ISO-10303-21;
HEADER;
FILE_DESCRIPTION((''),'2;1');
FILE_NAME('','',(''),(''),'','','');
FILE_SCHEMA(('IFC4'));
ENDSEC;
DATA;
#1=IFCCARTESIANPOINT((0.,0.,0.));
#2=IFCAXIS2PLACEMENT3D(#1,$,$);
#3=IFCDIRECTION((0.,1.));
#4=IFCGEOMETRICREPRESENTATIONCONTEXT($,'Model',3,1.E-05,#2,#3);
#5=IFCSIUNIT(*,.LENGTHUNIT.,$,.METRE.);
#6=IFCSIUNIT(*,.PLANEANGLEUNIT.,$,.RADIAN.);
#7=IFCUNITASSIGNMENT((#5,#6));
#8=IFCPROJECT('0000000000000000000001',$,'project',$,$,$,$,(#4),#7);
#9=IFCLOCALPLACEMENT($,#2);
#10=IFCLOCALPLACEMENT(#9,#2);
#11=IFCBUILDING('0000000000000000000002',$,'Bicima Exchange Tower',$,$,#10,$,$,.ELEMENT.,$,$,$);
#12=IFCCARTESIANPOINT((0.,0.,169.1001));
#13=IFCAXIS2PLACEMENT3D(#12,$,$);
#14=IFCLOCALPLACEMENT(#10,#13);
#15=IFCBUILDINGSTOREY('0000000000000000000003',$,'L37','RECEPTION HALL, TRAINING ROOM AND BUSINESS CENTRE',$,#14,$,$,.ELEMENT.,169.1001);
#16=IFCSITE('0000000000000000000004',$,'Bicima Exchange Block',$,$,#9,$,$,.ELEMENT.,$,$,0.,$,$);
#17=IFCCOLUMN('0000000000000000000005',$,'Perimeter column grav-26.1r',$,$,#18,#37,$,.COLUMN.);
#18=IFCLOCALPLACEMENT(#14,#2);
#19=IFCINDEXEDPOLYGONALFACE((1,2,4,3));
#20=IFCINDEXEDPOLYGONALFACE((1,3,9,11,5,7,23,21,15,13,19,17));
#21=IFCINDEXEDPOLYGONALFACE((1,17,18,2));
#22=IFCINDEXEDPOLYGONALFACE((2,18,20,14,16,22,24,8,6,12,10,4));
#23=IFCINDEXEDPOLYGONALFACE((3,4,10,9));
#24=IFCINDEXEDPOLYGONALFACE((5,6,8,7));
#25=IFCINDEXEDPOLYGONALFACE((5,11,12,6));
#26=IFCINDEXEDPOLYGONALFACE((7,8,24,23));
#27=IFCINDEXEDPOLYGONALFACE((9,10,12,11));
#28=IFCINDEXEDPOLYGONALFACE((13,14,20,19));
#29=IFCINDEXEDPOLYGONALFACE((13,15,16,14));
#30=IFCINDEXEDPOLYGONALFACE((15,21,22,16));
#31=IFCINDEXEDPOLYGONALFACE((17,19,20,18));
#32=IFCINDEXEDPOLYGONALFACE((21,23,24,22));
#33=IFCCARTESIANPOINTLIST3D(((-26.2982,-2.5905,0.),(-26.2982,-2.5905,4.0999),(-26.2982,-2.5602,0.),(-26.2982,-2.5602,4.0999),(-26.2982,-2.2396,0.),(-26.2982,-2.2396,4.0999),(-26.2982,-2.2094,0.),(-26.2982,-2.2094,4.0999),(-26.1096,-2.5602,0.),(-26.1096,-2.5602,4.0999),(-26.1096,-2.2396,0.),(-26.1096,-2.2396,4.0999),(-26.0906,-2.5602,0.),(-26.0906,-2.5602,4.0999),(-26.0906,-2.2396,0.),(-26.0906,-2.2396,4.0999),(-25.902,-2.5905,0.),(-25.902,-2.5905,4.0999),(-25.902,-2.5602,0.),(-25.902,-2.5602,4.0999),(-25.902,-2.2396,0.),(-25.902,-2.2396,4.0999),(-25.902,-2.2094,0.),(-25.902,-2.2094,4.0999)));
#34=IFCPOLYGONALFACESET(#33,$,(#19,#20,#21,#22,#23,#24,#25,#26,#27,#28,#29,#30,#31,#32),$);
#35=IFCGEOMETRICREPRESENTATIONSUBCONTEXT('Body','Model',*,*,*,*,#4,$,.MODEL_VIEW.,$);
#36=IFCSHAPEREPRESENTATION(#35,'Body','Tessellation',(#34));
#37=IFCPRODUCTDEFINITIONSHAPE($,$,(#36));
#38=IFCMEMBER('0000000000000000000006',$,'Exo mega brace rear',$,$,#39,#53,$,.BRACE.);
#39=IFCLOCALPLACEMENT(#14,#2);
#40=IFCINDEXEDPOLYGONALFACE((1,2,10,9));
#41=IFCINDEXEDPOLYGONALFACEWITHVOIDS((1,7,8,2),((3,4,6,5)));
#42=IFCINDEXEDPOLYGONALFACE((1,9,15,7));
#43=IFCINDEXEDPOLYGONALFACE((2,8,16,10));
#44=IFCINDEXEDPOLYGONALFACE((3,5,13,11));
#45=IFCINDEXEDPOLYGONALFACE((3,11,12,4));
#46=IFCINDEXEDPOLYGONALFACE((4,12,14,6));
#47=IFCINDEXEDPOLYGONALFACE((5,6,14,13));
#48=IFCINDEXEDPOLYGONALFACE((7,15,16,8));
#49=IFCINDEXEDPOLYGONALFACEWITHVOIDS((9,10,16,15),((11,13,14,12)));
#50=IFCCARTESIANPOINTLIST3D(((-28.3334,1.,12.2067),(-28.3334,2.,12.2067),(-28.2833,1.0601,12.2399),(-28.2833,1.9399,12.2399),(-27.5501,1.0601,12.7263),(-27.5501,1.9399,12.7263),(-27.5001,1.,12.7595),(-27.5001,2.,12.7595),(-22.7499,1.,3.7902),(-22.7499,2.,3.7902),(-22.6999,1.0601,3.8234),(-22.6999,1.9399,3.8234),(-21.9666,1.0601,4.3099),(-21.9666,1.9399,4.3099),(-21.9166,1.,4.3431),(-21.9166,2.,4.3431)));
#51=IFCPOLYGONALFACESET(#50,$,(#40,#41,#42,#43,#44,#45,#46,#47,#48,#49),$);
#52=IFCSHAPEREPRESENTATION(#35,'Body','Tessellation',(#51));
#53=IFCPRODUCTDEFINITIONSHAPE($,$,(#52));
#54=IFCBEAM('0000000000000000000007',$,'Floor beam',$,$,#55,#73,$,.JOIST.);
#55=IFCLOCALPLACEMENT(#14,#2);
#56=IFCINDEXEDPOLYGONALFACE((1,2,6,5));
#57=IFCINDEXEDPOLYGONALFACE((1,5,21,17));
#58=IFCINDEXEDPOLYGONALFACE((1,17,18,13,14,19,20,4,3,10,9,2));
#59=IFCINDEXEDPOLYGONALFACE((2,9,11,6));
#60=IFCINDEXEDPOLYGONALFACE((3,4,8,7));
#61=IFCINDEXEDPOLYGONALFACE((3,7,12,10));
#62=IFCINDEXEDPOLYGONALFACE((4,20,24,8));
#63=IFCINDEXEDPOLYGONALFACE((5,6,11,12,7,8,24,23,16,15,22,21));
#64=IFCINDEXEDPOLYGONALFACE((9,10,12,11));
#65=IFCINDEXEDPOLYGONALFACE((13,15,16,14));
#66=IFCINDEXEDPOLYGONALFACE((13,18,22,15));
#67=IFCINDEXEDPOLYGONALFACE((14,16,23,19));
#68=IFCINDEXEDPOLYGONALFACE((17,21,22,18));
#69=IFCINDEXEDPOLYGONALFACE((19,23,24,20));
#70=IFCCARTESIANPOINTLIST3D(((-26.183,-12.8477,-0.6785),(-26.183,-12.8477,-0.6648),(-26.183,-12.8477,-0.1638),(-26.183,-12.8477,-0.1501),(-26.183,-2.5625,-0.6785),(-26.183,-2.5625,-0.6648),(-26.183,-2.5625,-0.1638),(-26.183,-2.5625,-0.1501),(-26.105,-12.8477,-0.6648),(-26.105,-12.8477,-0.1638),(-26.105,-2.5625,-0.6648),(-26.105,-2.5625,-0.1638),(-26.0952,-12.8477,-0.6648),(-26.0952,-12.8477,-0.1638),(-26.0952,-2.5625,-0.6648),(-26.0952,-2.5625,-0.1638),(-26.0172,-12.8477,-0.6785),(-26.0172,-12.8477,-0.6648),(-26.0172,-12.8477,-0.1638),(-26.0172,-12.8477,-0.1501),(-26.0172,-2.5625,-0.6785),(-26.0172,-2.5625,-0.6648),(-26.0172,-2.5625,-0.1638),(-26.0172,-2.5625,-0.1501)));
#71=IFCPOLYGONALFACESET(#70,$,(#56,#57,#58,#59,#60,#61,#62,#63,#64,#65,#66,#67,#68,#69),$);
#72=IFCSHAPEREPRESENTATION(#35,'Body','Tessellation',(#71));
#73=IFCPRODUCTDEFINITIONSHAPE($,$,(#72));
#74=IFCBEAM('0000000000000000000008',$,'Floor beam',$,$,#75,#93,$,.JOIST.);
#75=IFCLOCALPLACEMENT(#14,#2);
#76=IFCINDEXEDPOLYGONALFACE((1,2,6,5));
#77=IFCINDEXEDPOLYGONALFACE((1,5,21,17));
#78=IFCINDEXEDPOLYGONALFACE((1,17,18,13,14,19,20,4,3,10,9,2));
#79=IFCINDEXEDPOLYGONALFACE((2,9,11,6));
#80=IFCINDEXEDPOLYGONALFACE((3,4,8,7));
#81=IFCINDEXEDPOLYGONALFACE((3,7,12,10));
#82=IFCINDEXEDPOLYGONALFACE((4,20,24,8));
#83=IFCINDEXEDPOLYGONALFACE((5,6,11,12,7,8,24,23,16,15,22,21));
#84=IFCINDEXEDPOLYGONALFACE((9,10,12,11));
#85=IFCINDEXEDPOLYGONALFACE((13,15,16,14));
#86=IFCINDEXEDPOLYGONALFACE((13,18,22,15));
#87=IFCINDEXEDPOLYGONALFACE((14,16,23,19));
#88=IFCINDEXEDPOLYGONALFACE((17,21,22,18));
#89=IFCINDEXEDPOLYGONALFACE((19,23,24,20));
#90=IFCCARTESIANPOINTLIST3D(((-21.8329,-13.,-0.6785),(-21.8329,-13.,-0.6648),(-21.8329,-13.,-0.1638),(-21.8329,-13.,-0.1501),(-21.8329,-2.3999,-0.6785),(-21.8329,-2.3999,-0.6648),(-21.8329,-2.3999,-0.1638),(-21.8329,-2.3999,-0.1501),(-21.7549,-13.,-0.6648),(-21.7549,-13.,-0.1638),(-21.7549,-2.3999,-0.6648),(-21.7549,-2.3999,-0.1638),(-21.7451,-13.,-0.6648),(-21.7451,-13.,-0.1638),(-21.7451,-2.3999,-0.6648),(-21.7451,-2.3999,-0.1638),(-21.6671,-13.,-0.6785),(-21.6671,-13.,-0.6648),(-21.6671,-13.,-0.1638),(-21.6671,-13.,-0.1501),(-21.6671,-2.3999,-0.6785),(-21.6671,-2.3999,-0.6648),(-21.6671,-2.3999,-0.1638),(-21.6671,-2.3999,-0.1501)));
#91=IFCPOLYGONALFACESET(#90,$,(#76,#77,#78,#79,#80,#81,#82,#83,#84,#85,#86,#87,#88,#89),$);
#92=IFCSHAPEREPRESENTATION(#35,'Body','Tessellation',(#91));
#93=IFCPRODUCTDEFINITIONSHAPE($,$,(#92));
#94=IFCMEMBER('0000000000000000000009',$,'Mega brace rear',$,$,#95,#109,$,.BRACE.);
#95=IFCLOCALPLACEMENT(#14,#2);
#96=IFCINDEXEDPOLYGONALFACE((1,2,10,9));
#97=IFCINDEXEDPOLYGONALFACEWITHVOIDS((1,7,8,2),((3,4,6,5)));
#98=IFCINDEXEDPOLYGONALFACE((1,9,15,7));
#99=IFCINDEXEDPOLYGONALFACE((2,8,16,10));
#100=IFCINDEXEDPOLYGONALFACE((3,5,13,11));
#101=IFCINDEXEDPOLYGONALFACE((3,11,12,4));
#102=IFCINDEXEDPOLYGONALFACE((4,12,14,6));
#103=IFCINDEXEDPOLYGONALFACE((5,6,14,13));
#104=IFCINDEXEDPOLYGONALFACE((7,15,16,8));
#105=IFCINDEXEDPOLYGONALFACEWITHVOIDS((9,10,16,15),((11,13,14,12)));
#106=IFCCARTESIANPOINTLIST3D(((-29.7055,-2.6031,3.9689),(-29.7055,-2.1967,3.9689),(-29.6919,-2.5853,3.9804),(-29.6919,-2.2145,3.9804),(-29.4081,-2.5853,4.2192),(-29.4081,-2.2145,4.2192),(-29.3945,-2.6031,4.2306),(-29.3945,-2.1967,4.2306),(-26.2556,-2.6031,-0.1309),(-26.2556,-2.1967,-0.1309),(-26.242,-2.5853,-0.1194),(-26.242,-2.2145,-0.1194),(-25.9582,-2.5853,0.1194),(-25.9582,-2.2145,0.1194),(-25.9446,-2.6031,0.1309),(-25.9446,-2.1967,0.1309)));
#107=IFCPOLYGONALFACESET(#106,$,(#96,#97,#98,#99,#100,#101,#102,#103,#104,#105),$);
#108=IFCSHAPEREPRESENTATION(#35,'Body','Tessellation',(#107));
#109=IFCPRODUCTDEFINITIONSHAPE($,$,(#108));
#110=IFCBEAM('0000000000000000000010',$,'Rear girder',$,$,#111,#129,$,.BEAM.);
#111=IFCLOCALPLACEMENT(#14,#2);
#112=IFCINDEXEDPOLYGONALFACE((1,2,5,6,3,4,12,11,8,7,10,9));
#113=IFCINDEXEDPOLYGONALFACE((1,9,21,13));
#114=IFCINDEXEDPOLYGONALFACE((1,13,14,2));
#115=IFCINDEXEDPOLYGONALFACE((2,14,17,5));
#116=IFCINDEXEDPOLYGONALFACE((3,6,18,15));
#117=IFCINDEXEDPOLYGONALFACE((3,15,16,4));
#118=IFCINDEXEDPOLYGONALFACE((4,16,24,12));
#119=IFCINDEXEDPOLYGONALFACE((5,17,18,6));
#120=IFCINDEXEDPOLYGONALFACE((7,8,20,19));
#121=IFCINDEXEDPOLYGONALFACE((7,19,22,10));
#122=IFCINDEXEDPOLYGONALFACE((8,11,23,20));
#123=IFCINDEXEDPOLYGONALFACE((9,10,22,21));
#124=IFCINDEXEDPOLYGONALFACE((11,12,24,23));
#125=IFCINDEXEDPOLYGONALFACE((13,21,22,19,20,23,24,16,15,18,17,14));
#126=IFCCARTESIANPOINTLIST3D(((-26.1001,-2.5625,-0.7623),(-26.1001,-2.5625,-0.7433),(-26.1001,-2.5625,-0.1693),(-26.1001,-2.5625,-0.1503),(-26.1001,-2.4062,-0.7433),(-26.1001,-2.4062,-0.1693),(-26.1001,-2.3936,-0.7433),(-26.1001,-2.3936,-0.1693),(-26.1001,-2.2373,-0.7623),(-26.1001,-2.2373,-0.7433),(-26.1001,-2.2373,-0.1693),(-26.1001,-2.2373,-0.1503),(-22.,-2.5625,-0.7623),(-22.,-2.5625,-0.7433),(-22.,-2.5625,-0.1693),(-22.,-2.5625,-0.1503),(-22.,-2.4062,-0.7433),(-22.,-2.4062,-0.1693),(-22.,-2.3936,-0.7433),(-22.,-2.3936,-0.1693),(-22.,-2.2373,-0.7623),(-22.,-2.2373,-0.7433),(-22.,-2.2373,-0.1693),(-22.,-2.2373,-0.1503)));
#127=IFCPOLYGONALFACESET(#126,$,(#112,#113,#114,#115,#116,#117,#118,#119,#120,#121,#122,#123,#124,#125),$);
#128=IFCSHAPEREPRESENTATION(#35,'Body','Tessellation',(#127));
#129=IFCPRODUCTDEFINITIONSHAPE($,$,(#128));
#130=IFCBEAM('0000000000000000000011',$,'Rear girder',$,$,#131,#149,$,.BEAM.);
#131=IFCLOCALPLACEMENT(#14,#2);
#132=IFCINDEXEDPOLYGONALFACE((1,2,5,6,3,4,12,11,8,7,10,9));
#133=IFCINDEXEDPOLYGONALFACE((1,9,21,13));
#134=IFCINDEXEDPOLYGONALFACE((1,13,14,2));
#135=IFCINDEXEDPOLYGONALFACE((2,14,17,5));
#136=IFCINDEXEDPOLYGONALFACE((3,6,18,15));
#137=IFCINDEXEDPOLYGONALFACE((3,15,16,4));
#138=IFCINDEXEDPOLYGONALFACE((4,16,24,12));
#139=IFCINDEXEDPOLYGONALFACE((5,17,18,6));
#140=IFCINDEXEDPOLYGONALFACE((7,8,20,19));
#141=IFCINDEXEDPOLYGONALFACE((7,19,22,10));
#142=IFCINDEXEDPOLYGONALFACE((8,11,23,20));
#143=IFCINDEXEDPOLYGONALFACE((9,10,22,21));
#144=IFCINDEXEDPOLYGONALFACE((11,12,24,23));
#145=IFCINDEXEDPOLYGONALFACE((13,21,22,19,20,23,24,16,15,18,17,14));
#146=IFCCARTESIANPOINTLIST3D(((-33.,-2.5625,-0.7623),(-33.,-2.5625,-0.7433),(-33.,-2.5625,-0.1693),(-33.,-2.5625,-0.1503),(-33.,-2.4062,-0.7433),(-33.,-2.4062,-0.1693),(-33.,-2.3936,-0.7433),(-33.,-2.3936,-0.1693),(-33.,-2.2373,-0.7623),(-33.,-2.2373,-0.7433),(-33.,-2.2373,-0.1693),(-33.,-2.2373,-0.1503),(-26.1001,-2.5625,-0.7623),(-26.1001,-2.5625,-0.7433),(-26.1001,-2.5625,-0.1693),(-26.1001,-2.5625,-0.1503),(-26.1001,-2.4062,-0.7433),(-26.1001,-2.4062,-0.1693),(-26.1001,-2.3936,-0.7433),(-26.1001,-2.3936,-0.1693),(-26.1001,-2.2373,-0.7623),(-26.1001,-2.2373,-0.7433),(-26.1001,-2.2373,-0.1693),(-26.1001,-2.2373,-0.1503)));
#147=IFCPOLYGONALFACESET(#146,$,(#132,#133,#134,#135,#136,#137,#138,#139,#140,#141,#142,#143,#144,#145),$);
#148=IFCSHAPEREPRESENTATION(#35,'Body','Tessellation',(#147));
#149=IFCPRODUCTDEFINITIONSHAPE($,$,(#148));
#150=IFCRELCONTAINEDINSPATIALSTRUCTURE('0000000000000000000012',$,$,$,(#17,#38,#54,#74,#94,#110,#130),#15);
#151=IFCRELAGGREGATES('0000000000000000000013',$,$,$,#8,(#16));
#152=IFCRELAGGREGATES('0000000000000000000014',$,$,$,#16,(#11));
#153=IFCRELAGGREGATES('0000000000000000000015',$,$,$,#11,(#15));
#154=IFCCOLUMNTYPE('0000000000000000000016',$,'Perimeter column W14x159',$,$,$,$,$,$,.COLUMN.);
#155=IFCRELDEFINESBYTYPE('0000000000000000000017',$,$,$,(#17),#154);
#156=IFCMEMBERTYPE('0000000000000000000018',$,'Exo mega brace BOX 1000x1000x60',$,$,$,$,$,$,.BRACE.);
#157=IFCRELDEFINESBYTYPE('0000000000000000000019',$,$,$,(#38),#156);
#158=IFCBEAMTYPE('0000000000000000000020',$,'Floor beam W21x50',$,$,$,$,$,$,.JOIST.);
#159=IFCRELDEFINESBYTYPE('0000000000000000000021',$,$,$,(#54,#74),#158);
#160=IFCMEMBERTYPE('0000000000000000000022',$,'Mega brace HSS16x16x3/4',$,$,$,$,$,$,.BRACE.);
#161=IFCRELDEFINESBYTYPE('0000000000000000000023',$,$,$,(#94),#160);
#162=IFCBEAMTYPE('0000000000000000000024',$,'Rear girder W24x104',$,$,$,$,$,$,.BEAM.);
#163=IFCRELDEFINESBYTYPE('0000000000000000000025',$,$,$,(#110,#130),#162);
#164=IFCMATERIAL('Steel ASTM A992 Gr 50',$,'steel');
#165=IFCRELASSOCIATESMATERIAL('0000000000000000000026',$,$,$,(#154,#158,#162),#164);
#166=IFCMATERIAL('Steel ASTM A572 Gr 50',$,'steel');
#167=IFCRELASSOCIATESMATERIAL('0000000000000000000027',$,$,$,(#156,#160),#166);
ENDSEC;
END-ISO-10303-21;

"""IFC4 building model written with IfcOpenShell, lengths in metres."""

from ifc_helpers import new_model, si_unit, direction, frame, origin, origin_2d, place, context, subcontext, project, spatial, hollow_rectangle, i_section, extrude, material, material_profile, profile_set, type_object, element, save


model = new_model("IFC4")

# Units and contexts
model_context = context("Model", 3, precision=1e-05, world=origin(), true_north=direction((0.0, 1.0)))
body_context = subcontext(model_context, "Body", "Model", "MODEL_VIEW")
ifc_project = project(units=[si_unit("LENGTHUNIT", "METRE"), si_unit("PLANEANGLEUNIT", "RADIAN")], contexts=[model_context])

# Site, building, storey
site_placement = place(None, origin())
site = spatial("IfcSite", under=ifc_project, at=site_placement, Name="Bicima Exchange Block", CompositionType="ELEMENT", RefElevation=0.0)
building_placement = place(site_placement, origin())
building = spatial("IfcBuilding", under=site, at=building_placement, Name="Bicima Exchange Tower", CompositionType="ELEMENT")
storey_placement = place(building_placement, frame((0.0, 0.0, 169.1001)))
storey = spatial("IfcBuildingStorey", under=building, at=storey_placement, Name="L37", Description="RECEPTION HALL, TRAINING ROOM AND BUSINESS CENTRE", CompositionType="ELEMENT", Elevation=169.1001)

# Column
ifc_material_1 = material(Name="Steel ASTM A992 Gr 50", Category="steel")
ifc_material_profile_1 = material_profile(ifc_material_1, i_section(OverallWidth=0.3962, OverallDepth=0.3811, WebThickness=0.019, FlangeThickness=0.0303, at=origin_2d()))
ifc_profile_set_1 = profile_set([ifc_material_profile_1], Name="Steel ASTM A992 Gr 50")
column_type = type_object("IfcColumnType", Name="Perimeter column W14x159", PredefinedType="COLUMN", material=ifc_profile_set_1)
column_placement = place(storey_placement, frame((-26.1001, -2.3999, 0.0), z_axis=(0.0, 0.0, 1.0), x_axis=(1.0, 0.0, 0.0)))
element("IfcColumn", 1, at=column_placement, inside=storey, type_object=column_type, Name="Perimeter column grav-26.1r", PredefinedType="COLUMN", context=body_context, shape_type="SweptSolid", body=[
    extrude(i_section(OverallWidth=0.3962, OverallDepth=0.3811, WebThickness=0.019, FlangeThickness=0.0303, at=origin_2d()), origin(), (0.0, 0.0, 1.0), 4.0999),
])

# Member
ifc_material_2 = material(Name="Steel ASTM A572 Gr 50", Category="steel")
ifc_material_profile_2 = material_profile(ifc_material_2, hollow_rectangle(XDim=1.0, YDim=1.0, WallThickness=0.0601, at=origin_2d()))
ifc_profile_set_2 = profile_set([ifc_material_profile_2], Name="Steel ASTM A572 Gr 50")
member_type_1 = type_object("IfcMemberType", Name="Exo mega brace BOX 1000x1000x60", PredefinedType="BRACE", material=ifc_profile_set_2)
member_1_placement = place(storey_placement, frame((-22.3333, 1.5, 4.0667), z_axis=(-0.552813, 0.0, 0.833305), x_axis=(0.0, -1.0, 0.0)))
element("IfcMember", 2, at=member_1_placement, inside=storey, type_object=member_type_1, Name="Exo mega brace rear", PredefinedType="BRACE", context=body_context, shape_type="SweptSolid", body=[
    extrude(hollow_rectangle(XDim=1.0, YDim=1.0, WallThickness=0.0601, at=origin_2d()), origin(), (0.0, 0.0, 1.0), 10.1001),
])

# Beams
ifc_material_profile_3 = material_profile(ifc_material_1, i_section(OverallWidth=0.1658, OverallDepth=0.5283, WebThickness=0.0098, FlangeThickness=0.0137, at=origin_2d()))
ifc_profile_set_3 = profile_set([ifc_material_profile_3], Name="Steel ASTM A992 Gr 50")
beam_type_1 = type_object("IfcBeamType", Name="Floor beam W21x50", PredefinedType="JOIST", material=ifc_profile_set_3)
beam_1_placement = place(storey_placement, frame((-26.1001, -2.5625, -0.4143), z_axis=(0.0, -1.0, 0.0), x_axis=(1.0, 0.0, 0.0)))
element("IfcBeam", 3, at=beam_1_placement, inside=storey, type_object=beam_type_1, Name="Floor beam", PredefinedType="JOIST", context=body_context, shape_type="SweptSolid", body=[
    extrude(i_section(OverallWidth=0.1658, OverallDepth=0.5283, WebThickness=0.0098, FlangeThickness=0.0137, at=origin_2d()), origin(), (0.0, 0.0, 1.0), 10.2852),
])
beam_2_placement = place(storey_placement, frame((-21.75, -2.3999, -0.4143), z_axis=(0.0, -1.0, 0.0), x_axis=(1.0, 0.0, 0.0)))
element("IfcBeam", 4, at=beam_2_placement, inside=storey, type_object=beam_type_1, Name="Floor beam", PredefinedType="JOIST", context=body_context, shape_type="SweptSolid", body=[
    extrude(i_section(OverallWidth=0.1658, OverallDepth=0.5283, WebThickness=0.0098, FlangeThickness=0.0137, at=origin_2d()), origin(), (0.0, 0.0, 1.0), 10.6001),
])

# Member
ifc_material_profile_4 = material_profile(ifc_material_2, hollow_rectangle(XDim=0.4065, YDim=0.4065, WallThickness=0.0178, at=origin_2d()))
ifc_profile_set_4 = profile_set([ifc_material_profile_4], Name="Steel ASTM A572 Gr 50")
member_type_2 = type_object("IfcMemberType", Name="Mega brace HSS16x16x3/4", PredefinedType="BRACE", material=ifc_profile_set_4)
member_2_placement = place(storey_placement, frame((-26.1001, -2.3999, 0.0), z_axis=(-0.643856, 0.0, 0.765146), x_axis=(0.0, -1.0, 0.0)))
element("IfcMember", 5, at=member_2_placement, inside=storey, type_object=member_type_2, Name="Mega brace rear", PredefinedType="BRACE", context=body_context, shape_type="SweptSolid", body=[
    extrude(hollow_rectangle(XDim=0.4065, YDim=0.4065, WallThickness=0.0178, at=origin_2d()), origin(), (0.0, 0.0, 1.0), 5.3582),
])

# Beams
ifc_material_profile_5 = material_profile(ifc_material_1, i_section(OverallWidth=0.3252, OverallDepth=0.6121, WebThickness=0.0127, FlangeThickness=0.019, at=origin_2d()))
ifc_profile_set_5 = profile_set([ifc_material_profile_5], Name="Steel ASTM A992 Gr 50")
beam_type_2 = type_object("IfcBeamType", Name="Rear girder W24x104", PredefinedType="BEAM", material=ifc_profile_set_5)
beam_3_placement = place(storey_placement, frame((-22.0, -2.3999, -0.4563), z_axis=(-1.0, 0.0, 0.0), x_axis=(0.0, -1.0, 0.0)))
element("IfcBeam", 6, at=beam_3_placement, inside=storey, type_object=beam_type_2, Name="Rear girder", PredefinedType="BEAM", context=body_context, shape_type="SweptSolid", body=[
    extrude(i_section(OverallWidth=0.3252, OverallDepth=0.6121, WebThickness=0.0127, FlangeThickness=0.019, at=origin_2d()), origin(), (0.0, 0.0, 1.0), 4.1001),
])
beam_4_placement = place(storey_placement, frame((-26.1001, -2.3999, -0.4563), z_axis=(-1.0, 0.0, 0.0), x_axis=(0.0, -1.0, 0.0)))
element("IfcBeam", 7, at=beam_4_placement, inside=storey, type_object=beam_type_2, Name="Rear girder", PredefinedType="BEAM", context=body_context, shape_type="SweptSolid", body=[
    extrude(i_section(OverallWidth=0.3252, OverallDepth=0.6121, WebThickness=0.0127, FlangeThickness=0.019, at=origin_2d()), origin(), (0.0, 0.0, 1.0), 6.8999),
])

save(model, "model.ifc")
